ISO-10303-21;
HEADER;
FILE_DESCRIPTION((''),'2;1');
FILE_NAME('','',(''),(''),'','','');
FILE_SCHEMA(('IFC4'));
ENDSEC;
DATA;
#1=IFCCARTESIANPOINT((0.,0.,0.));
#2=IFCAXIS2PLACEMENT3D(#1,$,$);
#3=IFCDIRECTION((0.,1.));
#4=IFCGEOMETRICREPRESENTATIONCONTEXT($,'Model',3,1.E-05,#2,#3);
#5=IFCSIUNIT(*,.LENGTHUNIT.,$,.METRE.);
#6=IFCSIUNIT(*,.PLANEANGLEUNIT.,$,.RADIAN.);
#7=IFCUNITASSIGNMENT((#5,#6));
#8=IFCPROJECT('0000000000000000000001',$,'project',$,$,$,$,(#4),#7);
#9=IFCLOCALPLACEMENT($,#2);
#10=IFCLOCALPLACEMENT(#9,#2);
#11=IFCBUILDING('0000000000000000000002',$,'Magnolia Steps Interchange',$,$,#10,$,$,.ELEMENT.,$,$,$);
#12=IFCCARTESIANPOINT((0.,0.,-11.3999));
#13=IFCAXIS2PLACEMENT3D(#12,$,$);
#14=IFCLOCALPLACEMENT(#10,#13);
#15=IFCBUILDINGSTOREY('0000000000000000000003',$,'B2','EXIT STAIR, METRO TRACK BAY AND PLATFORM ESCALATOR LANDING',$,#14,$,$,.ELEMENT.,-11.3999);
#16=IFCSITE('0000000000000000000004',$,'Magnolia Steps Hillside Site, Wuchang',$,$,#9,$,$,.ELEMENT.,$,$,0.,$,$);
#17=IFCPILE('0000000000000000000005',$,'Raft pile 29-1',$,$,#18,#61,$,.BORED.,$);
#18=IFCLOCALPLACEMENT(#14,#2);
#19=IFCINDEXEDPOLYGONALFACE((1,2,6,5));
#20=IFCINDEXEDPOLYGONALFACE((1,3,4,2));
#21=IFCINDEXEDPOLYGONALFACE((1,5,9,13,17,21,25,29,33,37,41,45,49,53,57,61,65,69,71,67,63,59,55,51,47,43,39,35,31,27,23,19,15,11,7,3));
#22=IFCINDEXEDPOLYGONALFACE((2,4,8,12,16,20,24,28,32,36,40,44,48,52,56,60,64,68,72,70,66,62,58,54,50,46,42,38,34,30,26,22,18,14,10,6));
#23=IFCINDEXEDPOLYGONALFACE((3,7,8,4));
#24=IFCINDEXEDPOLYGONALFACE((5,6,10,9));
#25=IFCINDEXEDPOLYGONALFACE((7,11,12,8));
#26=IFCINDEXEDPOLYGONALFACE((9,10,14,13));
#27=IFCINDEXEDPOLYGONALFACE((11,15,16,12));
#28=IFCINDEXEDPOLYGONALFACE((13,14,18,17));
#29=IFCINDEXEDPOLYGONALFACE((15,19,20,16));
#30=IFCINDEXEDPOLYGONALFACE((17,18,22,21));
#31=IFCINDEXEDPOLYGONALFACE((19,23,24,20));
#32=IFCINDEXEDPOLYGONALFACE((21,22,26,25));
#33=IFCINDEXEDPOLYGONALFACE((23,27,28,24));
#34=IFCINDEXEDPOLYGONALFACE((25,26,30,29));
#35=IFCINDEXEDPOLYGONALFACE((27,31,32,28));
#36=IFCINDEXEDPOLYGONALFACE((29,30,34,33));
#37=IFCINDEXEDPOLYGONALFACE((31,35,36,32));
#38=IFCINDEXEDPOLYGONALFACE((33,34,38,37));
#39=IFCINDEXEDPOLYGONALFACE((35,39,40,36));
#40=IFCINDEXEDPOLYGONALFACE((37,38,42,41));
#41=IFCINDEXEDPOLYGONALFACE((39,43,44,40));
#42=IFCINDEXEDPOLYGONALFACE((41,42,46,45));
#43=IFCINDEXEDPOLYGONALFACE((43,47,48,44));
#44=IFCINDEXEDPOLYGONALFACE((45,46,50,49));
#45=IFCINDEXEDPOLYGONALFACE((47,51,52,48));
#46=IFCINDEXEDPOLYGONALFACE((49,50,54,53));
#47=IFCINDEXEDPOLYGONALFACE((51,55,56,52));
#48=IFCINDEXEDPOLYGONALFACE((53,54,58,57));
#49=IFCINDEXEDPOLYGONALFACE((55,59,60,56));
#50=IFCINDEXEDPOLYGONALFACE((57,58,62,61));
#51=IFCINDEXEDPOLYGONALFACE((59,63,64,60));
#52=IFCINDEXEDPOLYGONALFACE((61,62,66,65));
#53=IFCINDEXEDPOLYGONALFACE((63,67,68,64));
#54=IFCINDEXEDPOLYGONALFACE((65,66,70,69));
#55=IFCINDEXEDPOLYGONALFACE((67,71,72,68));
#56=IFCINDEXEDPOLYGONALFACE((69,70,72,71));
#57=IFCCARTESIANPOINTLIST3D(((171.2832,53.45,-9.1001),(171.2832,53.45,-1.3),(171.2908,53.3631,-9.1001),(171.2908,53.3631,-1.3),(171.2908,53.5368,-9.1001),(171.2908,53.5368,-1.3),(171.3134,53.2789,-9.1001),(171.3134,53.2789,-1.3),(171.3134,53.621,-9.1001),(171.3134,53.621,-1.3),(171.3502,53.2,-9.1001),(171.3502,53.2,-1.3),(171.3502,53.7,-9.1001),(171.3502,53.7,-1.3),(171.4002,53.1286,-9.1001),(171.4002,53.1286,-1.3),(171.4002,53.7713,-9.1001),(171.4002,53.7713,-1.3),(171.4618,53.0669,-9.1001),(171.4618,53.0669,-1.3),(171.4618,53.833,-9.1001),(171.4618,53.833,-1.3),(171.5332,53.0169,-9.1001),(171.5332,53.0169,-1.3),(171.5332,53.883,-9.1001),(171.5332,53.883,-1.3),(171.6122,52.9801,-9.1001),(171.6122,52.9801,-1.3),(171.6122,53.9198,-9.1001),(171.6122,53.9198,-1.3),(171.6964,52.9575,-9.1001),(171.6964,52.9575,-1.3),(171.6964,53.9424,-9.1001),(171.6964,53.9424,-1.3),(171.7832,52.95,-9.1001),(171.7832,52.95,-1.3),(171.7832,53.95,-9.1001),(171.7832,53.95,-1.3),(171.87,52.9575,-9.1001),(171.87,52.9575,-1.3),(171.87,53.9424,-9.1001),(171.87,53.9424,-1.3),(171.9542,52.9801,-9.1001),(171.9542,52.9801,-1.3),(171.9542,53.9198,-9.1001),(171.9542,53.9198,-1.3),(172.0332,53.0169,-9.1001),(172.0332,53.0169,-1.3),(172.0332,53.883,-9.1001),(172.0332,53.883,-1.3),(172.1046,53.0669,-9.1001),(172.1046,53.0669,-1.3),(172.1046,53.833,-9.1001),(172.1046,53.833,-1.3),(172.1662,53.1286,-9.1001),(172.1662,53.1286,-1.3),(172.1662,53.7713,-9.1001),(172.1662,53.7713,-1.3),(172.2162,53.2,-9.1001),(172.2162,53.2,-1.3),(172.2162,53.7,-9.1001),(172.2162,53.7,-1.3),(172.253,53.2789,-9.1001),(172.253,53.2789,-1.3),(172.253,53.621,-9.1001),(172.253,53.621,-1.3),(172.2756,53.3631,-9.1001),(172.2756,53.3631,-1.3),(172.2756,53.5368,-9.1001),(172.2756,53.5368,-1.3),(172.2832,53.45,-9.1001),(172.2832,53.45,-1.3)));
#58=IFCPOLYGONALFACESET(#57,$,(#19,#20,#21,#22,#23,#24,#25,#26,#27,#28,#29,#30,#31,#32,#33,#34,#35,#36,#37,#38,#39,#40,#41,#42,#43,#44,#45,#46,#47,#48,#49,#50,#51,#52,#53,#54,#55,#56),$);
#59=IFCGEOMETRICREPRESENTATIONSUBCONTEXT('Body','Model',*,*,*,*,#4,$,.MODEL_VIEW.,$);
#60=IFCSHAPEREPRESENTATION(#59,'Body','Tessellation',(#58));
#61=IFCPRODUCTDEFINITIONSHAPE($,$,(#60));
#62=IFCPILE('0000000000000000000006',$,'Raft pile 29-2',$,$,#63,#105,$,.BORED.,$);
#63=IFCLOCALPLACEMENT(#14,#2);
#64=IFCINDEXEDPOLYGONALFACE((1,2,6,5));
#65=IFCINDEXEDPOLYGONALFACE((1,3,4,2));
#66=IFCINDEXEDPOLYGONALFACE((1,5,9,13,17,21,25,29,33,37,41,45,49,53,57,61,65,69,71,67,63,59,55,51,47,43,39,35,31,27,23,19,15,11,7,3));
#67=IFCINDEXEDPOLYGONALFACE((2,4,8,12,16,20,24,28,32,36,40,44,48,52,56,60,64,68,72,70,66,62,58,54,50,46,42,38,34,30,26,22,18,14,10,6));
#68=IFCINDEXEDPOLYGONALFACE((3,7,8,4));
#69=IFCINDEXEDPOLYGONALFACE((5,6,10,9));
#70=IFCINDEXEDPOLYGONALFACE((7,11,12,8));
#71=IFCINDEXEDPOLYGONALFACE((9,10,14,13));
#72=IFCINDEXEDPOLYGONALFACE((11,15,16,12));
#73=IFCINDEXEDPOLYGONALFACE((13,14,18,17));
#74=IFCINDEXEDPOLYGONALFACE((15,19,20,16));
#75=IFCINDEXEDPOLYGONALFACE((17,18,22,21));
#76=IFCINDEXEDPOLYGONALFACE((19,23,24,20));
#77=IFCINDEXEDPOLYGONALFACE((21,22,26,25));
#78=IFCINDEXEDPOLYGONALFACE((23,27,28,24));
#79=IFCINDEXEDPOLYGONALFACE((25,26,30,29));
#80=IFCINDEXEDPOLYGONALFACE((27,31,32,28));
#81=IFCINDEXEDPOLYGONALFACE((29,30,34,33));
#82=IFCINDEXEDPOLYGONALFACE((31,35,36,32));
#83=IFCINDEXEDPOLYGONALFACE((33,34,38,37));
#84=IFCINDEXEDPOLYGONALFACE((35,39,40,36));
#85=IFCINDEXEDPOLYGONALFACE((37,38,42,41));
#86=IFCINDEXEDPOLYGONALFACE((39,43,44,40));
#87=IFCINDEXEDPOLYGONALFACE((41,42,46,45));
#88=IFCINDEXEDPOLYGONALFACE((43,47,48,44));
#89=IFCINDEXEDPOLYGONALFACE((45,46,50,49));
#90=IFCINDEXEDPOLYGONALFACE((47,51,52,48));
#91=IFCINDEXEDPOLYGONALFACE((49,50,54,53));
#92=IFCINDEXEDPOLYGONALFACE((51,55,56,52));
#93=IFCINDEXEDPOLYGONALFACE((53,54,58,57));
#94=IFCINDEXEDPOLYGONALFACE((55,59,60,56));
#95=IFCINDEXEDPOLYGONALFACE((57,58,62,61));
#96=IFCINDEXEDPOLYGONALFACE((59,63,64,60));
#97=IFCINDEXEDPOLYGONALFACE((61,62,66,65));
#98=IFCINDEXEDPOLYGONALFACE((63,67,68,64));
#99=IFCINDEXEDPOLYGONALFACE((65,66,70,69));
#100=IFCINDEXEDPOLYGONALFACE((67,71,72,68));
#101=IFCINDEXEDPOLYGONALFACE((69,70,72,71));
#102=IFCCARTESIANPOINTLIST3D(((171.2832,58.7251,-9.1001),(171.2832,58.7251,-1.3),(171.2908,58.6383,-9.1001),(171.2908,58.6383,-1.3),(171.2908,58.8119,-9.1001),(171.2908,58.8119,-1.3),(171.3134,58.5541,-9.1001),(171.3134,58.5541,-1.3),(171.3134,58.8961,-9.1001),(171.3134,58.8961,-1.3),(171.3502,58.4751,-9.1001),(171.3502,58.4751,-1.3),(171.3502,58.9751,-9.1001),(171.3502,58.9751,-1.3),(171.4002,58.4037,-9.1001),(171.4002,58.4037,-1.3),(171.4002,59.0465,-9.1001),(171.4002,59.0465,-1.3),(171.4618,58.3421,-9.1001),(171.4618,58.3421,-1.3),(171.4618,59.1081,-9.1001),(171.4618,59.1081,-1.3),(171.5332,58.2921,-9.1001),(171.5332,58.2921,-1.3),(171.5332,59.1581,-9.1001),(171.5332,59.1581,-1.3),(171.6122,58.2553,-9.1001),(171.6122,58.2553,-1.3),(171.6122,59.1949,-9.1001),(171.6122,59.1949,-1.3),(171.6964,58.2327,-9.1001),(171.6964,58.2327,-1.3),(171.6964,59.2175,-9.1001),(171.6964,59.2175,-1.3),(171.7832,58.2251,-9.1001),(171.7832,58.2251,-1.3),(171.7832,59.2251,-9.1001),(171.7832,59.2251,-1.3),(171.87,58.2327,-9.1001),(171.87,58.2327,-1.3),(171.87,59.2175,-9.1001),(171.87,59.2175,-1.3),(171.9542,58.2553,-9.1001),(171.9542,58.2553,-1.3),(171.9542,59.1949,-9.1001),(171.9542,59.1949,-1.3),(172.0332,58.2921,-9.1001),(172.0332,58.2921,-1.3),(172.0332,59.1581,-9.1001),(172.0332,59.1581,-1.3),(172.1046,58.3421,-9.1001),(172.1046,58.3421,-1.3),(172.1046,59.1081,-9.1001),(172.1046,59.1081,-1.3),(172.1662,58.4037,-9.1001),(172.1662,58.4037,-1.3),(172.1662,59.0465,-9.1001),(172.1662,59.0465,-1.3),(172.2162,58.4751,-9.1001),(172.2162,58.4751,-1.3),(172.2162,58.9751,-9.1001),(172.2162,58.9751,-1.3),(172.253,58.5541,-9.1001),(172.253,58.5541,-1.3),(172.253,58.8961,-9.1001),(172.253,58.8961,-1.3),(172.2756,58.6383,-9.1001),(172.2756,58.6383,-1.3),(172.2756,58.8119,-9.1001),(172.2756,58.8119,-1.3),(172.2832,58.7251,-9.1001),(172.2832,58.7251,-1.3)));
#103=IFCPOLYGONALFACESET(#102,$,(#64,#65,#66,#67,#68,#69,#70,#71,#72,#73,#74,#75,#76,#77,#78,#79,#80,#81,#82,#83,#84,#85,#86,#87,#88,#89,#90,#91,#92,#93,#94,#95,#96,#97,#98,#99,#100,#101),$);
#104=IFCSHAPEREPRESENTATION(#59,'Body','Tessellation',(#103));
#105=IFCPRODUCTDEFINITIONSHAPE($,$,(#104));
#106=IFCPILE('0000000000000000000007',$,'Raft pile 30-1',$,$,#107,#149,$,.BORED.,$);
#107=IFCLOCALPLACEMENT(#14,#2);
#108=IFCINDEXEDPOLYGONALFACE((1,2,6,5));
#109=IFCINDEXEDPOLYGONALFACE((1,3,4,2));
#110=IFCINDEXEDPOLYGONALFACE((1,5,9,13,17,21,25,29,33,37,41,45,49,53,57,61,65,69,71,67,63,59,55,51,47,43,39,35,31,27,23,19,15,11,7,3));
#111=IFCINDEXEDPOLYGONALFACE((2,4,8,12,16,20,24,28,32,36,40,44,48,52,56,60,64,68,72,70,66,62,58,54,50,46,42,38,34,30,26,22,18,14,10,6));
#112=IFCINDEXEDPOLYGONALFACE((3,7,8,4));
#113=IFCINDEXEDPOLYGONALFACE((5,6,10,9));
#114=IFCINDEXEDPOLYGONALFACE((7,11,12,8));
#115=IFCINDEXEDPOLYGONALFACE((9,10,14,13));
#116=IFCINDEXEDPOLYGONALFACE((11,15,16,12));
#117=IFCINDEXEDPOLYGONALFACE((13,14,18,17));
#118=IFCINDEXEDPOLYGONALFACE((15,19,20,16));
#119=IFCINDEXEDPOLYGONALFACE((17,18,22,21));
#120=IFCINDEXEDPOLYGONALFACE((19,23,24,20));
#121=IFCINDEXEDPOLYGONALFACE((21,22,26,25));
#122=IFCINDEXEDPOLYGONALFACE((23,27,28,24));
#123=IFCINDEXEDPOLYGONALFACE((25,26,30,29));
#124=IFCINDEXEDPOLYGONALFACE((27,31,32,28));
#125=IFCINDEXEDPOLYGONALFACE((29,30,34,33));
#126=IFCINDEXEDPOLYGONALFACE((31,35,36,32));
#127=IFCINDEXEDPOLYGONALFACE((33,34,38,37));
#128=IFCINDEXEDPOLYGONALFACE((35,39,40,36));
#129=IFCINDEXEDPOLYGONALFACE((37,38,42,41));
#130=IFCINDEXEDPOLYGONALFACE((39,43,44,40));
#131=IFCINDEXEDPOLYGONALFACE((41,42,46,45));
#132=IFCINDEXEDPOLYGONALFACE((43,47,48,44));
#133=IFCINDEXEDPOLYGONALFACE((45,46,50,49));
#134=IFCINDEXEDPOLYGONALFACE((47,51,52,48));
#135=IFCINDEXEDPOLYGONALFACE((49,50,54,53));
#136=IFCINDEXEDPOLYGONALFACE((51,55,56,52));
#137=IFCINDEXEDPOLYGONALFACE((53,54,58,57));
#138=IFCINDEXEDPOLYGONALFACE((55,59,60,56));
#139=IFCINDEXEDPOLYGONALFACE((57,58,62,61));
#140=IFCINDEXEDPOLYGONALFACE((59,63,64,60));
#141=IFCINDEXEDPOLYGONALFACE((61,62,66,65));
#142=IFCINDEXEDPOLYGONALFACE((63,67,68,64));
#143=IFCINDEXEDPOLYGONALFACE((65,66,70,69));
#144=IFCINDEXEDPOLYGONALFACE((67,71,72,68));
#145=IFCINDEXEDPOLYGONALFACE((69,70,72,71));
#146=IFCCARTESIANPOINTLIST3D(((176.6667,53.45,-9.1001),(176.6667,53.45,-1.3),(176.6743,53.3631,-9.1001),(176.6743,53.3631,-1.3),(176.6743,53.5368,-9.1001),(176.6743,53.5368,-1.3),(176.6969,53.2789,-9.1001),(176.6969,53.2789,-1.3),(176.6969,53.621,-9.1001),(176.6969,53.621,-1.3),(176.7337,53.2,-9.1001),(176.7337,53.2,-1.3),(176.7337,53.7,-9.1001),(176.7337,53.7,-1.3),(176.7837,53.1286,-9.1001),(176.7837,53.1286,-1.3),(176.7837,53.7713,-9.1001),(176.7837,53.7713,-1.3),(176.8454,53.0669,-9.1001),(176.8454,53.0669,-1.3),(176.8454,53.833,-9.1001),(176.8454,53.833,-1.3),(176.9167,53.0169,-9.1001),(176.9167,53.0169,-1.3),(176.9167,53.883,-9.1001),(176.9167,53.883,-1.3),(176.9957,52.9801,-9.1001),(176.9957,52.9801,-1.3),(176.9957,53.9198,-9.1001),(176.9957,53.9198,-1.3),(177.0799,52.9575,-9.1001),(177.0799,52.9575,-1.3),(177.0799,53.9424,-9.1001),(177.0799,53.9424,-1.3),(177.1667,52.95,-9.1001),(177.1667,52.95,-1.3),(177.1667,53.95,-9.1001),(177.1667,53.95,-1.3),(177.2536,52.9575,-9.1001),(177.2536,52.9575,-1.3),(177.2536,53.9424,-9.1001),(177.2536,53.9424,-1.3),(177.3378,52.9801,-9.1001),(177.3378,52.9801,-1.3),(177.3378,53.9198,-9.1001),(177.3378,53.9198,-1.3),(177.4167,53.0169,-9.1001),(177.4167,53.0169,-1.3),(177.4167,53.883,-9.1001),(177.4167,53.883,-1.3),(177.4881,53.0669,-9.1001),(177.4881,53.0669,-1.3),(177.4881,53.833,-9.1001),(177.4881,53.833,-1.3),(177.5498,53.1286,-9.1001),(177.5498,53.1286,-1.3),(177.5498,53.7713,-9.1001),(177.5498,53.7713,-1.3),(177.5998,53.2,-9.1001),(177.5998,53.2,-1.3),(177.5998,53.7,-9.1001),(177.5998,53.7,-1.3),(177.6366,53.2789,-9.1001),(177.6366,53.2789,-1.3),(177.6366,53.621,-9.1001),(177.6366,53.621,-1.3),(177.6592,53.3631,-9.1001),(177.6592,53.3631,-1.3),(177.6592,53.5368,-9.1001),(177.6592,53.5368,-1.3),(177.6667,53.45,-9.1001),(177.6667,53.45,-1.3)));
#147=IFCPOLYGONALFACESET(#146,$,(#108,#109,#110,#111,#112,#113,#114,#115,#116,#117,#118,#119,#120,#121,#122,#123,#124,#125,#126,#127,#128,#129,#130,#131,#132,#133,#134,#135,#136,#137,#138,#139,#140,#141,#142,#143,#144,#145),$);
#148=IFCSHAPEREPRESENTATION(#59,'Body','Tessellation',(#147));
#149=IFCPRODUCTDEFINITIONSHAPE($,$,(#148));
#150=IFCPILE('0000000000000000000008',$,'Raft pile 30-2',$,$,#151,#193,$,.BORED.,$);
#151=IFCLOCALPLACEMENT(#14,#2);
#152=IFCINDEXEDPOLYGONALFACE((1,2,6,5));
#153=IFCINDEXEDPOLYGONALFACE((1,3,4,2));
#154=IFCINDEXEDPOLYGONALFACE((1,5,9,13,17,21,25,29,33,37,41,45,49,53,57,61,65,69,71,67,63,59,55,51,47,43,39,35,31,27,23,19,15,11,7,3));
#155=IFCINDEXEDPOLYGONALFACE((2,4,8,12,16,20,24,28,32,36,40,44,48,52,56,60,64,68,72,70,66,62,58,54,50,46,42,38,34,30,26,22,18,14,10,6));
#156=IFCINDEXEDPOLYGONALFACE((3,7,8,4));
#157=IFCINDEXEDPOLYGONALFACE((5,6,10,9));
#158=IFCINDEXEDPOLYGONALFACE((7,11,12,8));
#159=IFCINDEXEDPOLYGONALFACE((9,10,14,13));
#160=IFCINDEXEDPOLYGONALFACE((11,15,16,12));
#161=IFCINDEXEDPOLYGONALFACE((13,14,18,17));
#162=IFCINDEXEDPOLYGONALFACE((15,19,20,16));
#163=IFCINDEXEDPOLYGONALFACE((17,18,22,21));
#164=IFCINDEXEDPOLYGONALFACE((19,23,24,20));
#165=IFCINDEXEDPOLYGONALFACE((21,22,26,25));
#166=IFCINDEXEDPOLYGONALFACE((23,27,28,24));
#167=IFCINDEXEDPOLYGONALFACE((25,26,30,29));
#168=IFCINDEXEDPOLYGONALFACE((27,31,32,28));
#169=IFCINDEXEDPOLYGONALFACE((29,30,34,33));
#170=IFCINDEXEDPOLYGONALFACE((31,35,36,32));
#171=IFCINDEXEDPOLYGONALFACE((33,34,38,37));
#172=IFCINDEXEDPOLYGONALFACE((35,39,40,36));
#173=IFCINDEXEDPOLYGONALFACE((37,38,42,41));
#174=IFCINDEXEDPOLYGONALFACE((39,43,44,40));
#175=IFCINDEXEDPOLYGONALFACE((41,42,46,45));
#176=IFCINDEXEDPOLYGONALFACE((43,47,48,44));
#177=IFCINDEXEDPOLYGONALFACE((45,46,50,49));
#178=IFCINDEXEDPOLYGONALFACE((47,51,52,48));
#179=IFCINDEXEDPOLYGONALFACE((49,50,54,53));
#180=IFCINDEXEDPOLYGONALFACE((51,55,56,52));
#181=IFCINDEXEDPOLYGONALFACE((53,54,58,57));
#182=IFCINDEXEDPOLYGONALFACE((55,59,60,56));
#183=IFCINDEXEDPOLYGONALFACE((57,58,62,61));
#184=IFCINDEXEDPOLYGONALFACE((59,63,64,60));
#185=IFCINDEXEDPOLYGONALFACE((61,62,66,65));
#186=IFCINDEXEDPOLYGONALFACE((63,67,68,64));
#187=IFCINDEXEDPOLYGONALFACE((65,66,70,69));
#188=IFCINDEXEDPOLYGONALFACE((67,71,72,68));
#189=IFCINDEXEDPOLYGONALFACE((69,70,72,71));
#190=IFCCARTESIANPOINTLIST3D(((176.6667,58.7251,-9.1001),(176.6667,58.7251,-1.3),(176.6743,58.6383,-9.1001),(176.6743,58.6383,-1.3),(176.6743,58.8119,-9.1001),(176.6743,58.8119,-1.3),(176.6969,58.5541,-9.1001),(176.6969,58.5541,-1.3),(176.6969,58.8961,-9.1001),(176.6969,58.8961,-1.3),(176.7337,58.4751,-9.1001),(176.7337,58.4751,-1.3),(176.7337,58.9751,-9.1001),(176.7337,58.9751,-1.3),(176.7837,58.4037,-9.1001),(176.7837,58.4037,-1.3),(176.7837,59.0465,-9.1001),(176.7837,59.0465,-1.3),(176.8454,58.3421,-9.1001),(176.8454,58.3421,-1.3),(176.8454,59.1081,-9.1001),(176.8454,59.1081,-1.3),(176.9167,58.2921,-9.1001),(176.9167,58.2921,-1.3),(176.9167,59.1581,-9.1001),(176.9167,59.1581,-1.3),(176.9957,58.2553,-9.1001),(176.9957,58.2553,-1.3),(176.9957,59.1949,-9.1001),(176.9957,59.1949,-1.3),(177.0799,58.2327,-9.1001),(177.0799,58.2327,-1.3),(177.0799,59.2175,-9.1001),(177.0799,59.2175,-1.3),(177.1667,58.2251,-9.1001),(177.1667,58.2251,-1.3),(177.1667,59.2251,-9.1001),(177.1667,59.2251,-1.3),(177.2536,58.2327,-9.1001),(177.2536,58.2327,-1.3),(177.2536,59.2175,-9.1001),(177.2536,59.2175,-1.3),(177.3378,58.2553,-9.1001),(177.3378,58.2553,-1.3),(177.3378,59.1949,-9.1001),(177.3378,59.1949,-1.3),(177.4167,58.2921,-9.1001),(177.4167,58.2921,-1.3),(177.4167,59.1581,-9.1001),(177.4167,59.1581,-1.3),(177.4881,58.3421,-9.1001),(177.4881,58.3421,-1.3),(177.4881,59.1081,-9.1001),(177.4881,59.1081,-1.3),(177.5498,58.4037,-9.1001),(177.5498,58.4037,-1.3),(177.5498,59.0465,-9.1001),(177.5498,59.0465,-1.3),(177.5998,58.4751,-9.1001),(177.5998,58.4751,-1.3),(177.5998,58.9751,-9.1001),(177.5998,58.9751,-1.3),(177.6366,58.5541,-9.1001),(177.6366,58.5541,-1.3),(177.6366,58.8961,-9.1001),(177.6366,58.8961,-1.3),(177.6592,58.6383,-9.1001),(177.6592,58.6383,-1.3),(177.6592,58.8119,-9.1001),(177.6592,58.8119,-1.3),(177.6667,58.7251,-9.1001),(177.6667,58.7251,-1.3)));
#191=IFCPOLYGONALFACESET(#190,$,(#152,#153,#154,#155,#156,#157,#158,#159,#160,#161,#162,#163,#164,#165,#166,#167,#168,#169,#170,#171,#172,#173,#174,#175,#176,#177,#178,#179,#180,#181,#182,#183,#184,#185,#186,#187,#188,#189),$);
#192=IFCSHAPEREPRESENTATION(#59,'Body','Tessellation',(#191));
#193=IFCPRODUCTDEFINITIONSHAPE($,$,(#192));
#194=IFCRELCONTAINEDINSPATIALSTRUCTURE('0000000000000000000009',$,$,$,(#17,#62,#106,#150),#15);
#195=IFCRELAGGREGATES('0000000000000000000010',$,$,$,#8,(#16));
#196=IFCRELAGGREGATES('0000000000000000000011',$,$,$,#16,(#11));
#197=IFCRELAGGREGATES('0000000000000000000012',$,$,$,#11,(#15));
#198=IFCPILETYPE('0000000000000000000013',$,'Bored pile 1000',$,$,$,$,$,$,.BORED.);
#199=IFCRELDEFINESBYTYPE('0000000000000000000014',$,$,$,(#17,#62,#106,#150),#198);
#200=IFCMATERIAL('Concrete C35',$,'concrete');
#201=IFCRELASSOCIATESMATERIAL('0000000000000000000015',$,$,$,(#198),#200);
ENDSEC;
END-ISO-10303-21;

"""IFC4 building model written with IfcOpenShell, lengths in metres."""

from ifc_helpers import new_model, si_unit, direction, frame, origin, origin_2d, place, context, subcontext, project, spatial, circle, extrude, material, material_profile, profile_set, type_object, element, save


model = new_model("IFC4")

# Units and contexts
model_context = context("Model", 3, precision=1e-05, world=origin(), true_north=direction((0.0, 1.0)))
body_context = subcontext(model_context, "Body", "Model", "MODEL_VIEW")
ifc_project = project(units=[si_unit("LENGTHUNIT", "METRE"), si_unit("PLANEANGLEUNIT", "RADIAN")], contexts=[model_context])

# Site, building, storey
site_placement = place(None, origin())
site = spatial("IfcSite", under=ifc_project, at=site_placement, Name="Magnolia Steps Hillside Site, Wuchang", CompositionType="ELEMENT", RefElevation=0.0)
building_placement = place(site_placement, origin())
building = spatial("IfcBuilding", under=site, at=building_placement, Name="Magnolia Steps Interchange", CompositionType="ELEMENT")
storey_placement = place(building_placement, frame((0.0, 0.0, -11.3999)))
storey = spatial("IfcBuildingStorey", under=building, at=storey_placement, Name="B2", Description="EXIT STAIR, METRO TRACK BAY AND PLATFORM ESCALATOR LANDING", CompositionType="ELEMENT", Elevation=-11.3999)

# Piles
ifc_material_1 = material(Name="Concrete C35", Category="concrete")
ifc_material_profile_1 = material_profile(ifc_material_1, circle(Radius=0.5, at=origin_2d()), Name="Bored pile 1000")
ifc_profile_set_1 = profile_set([ifc_material_profile_1], Name="Concrete C35")
pile_type_1 = type_object("IfcPileType", Name="Bored pile 1000", PredefinedType="BORED", material=ifc_profile_set_1)
for number, where, z_axis, x_axis, name in (
    (1, (171.7832, 53.45, -1.3), (0.0, 0.0, -1.0), (1.0, 0.0, 0.0), "Raft pile 29-1"),
    (2, (171.7832, 58.7251, -1.3), (0.0, 0.0, -1.0), (1.0, 0.0, 0.0), "Raft pile 29-2"),
    (3, (177.1667, 53.45, -1.3), (0.0, 0.0, -1.0), (1.0, 0.0, 0.0), "Raft pile 30-1"),
    (4, (177.1667, 58.7251, -1.3), (0.0, 0.0, -1.0), (1.0, 0.0, 0.0), "Raft pile 30-2"),
):
    element("IfcPile", number, at=place(storey_placement, frame(where, z_axis=z_axis, x_axis=x_axis)), inside=storey, type_object=pile_type_1, Name=name, PredefinedType="BORED", context=body_context, shape_type="SweptSolid", body=[
        extrude(circle(Radius=0.5, at=origin_2d()), origin(), (0.0, 0.0, 1.0), 7.8),
    ])

save(model, "model.ifc")
